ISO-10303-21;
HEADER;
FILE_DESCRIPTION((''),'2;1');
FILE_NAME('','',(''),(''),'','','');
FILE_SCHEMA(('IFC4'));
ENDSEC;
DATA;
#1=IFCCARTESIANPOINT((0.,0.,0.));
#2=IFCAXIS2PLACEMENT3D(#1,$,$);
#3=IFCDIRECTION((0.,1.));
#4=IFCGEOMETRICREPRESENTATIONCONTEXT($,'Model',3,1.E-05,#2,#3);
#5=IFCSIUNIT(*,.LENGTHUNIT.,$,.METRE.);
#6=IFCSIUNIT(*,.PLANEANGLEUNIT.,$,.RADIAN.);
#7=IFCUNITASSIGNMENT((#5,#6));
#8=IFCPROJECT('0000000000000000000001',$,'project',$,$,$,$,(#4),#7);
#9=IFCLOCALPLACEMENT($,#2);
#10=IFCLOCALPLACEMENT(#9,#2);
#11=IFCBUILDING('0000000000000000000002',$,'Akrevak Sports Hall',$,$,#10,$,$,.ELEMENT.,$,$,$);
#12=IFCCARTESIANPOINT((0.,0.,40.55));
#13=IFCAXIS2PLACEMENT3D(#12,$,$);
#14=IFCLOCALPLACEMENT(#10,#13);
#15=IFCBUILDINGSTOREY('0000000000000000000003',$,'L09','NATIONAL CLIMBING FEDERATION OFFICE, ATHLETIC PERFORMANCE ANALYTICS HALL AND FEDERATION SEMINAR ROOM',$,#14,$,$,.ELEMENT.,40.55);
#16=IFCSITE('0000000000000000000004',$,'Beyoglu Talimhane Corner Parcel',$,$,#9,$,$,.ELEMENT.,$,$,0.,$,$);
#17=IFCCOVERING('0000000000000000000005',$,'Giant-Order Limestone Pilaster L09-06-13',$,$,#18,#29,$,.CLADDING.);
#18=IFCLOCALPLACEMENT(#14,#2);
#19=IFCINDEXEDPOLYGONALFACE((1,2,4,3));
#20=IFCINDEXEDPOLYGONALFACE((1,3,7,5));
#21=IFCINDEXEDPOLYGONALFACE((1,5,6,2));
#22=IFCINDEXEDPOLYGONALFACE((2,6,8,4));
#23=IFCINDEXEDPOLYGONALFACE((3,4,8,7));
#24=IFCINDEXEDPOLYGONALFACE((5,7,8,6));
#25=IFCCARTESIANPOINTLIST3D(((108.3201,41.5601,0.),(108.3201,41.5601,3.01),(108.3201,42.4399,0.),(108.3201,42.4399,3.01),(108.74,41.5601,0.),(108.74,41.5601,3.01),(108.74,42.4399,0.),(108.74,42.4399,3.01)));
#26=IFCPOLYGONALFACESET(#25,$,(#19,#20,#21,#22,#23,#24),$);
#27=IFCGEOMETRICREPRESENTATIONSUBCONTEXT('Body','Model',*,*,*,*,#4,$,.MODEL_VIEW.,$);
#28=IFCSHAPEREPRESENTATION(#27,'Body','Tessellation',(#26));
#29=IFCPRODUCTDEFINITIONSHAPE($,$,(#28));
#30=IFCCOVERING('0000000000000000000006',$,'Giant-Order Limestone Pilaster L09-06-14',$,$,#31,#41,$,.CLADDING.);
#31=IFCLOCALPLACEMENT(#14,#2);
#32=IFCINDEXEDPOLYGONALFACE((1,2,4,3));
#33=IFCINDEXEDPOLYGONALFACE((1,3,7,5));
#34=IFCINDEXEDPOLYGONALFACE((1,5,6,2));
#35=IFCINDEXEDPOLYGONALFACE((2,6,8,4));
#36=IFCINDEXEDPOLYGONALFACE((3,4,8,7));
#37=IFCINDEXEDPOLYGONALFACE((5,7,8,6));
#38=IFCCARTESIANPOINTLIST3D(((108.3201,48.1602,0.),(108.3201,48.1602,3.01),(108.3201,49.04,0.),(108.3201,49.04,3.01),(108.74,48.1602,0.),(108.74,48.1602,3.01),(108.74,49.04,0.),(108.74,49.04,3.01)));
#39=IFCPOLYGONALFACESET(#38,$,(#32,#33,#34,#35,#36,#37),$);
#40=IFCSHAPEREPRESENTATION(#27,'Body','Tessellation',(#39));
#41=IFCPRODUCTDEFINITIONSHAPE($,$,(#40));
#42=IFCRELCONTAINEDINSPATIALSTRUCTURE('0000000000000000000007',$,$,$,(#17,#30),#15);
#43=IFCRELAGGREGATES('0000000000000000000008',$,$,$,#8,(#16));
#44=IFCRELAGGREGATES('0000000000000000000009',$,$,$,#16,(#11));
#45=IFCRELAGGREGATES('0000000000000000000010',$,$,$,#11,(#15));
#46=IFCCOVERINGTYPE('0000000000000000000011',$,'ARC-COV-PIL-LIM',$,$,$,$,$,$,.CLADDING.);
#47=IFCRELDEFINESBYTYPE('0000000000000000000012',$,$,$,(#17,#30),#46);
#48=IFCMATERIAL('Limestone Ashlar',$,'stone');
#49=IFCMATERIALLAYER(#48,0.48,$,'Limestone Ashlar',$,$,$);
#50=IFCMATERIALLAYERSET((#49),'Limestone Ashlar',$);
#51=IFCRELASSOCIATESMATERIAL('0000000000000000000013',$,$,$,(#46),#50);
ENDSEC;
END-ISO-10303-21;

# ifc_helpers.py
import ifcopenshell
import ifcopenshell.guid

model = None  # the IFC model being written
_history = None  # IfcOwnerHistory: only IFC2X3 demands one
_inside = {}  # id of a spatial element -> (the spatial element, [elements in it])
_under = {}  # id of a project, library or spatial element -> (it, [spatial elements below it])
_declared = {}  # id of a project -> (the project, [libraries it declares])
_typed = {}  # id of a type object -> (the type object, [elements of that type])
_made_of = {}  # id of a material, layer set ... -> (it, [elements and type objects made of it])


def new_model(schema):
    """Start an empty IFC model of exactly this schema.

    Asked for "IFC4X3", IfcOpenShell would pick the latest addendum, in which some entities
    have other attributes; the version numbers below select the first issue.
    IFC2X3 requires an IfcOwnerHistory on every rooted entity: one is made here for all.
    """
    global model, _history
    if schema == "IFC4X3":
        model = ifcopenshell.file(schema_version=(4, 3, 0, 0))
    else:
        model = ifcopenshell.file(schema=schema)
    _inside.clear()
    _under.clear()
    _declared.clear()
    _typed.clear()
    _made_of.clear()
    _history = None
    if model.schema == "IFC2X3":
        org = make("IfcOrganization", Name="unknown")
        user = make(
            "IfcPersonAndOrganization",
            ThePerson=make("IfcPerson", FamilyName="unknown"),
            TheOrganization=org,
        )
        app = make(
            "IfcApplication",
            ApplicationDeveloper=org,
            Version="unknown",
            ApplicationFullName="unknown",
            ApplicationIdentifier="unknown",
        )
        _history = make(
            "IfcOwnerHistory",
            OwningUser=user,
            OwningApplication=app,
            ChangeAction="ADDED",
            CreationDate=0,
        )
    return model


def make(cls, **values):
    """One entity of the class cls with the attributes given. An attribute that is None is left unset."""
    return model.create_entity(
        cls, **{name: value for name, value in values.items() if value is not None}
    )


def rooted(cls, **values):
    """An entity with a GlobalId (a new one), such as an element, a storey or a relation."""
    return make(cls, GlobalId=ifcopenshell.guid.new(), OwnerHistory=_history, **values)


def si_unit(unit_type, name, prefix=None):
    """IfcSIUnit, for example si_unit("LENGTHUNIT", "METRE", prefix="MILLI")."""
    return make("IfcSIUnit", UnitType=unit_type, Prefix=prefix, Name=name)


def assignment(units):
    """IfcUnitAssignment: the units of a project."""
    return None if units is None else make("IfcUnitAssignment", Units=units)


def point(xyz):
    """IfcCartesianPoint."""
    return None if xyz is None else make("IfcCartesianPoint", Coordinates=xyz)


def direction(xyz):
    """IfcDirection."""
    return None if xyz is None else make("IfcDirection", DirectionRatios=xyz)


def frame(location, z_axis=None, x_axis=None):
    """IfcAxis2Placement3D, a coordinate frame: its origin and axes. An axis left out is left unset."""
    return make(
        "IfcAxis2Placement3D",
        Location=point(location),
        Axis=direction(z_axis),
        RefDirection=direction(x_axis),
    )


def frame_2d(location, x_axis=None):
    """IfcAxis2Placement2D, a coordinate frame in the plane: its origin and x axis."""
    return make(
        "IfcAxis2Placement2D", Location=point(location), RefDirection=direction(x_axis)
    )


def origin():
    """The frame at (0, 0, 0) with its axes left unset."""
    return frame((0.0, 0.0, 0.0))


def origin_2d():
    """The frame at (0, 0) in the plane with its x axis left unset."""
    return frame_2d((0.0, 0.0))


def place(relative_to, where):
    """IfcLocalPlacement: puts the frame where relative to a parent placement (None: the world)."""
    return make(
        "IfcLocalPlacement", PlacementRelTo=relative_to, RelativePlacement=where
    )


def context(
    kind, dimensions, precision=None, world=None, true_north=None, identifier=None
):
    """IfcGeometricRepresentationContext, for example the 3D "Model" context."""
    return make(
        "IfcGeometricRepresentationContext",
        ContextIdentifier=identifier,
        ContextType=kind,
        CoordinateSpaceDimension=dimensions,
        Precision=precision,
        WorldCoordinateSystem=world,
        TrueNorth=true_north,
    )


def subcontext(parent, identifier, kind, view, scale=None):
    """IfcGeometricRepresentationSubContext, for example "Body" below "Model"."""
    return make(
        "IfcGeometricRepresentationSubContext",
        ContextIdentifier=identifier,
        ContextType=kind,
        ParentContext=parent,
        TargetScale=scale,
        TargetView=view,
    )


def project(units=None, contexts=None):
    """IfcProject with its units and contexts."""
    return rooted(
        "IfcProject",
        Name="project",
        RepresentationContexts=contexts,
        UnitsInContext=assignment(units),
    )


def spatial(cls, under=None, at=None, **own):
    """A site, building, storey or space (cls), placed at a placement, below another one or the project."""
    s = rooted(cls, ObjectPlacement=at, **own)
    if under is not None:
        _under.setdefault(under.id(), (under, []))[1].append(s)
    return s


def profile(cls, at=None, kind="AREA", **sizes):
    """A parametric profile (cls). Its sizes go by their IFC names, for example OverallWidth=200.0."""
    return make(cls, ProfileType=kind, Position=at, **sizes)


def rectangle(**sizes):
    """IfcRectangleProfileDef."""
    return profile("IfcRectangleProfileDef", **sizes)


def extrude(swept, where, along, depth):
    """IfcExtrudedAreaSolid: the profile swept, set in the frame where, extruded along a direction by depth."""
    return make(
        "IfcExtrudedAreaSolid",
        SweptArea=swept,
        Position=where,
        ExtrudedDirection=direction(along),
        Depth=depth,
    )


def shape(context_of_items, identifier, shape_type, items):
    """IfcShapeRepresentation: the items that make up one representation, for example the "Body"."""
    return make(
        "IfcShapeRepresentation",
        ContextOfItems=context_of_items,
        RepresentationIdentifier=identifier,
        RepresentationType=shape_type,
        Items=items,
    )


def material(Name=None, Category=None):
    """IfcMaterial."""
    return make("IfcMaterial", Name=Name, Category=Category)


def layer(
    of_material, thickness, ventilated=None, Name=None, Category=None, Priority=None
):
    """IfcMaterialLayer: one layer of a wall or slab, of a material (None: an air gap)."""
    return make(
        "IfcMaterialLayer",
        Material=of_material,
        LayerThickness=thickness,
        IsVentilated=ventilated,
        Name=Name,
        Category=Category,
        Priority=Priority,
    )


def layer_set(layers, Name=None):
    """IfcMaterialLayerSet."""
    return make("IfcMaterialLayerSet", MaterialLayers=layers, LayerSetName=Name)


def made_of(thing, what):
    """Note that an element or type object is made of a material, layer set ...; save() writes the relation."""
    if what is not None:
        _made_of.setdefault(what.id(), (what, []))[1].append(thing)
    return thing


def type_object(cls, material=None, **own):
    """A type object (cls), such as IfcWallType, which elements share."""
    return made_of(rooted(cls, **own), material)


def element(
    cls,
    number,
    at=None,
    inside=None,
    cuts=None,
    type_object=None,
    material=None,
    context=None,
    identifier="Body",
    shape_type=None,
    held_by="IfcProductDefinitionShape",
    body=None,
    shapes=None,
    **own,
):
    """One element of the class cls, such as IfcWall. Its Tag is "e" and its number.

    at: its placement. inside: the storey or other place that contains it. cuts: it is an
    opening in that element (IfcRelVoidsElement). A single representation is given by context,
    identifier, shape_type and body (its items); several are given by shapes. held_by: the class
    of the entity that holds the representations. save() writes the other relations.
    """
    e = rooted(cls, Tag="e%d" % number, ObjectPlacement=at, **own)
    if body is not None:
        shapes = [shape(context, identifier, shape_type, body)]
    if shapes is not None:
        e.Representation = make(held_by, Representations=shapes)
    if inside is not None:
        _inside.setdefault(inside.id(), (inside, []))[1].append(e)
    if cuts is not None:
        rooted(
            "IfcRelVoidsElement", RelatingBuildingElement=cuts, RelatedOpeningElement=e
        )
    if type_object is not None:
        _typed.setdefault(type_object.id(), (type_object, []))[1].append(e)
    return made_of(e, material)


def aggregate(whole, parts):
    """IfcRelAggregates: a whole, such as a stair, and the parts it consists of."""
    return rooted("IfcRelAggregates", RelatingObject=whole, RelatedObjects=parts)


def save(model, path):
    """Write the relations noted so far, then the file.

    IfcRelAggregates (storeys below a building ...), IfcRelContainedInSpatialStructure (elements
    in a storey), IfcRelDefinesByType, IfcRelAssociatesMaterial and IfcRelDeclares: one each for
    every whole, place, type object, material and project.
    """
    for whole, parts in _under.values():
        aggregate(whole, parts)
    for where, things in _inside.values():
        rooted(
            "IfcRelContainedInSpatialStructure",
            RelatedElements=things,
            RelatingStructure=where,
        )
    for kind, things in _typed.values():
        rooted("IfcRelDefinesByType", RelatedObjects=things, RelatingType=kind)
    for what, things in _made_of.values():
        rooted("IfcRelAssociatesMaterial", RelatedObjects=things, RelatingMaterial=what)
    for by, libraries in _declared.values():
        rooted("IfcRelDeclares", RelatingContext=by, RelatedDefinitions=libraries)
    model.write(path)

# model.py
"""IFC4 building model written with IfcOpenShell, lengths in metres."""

from ifc_helpers import new_model, si_unit, direction, frame, origin, origin_2d, place, context, subcontext, project, spatial, rectangle, extrude, material, layer, layer_set, type_object, element, save


model = new_model("IFC4")

# Units and contexts
model_context = context("Model", 3, precision=1e-05, world=origin(), true_north=direction((0.0, 1.0)))
body_context = subcontext(model_context, "Body", "Model", "MODEL_VIEW")
ifc_project = project(units=[si_unit("LENGTHUNIT", "METRE"), si_unit("PLANEANGLEUNIT", "RADIAN")], contexts=[model_context])

# Site, building, storey
site_placement = place(None, origin())
site = spatial("IfcSite", under=ifc_project, at=site_placement, Name="Beyoglu Talimhane Corner Parcel", CompositionType="ELEMENT", RefElevation=0.0)
building_placement = place(site_placement, origin())
building = spatial("IfcBuilding", under=site, at=building_placement, Name="Akrevak Sports Hall", CompositionType="ELEMENT")
storey_placement = place(building_placement, frame((0.0, 0.0, 40.55)))
storey = spatial("IfcBuildingStorey", under=building, at=storey_placement, Name="L09", Description="NATIONAL CLIMBING FEDERATION OFFICE, ATHLETIC PERFORMANCE ANALYTICS HALL AND FEDERATION SEMINAR ROOM", CompositionType="ELEMENT", Elevation=40.55)

# Coverings
ifc_material_1 = material(Name="Limestone Ashlar", Category="stone")
ifc_layer_1 = layer(ifc_material_1, 0.48, Name="Limestone Ashlar")
ifc_layer_set_1 = layer_set([ifc_layer_1], Name="Limestone Ashlar")
covering_type_1 = type_object("IfcCoveringType", Name="ARC-COV-PIL-LIM", PredefinedType="CLADDING", material=ifc_layer_set_1)
for number, where, z_axis, x_axis, name in (
    (1, (108.53, 42.0, 0.0), (0.0, 0.0, 1.0), (0.0, 1.0, 0.0), "Giant-Order Limestone Pilaster L09-06-13"),
    (2, (108.53, 48.6001, 0.0), (0.0, 0.0, 1.0), (0.0, 1.0, 0.0), "Giant-Order Limestone Pilaster L09-06-14"),
):
    element("IfcCovering", number, at=place(storey_placement, frame(where, z_axis=z_axis, x_axis=x_axis)), inside=storey, type_object=covering_type_1, Name=name, PredefinedType="CLADDING", context=body_context, shape_type="SweptSolid", body=[
        extrude(rectangle(XDim=0.8799, YDim=0.4199, at=origin_2d()), origin(), (0.0, 0.0, 1.0), 3.01),
    ])

save(model, "model.ifc")
